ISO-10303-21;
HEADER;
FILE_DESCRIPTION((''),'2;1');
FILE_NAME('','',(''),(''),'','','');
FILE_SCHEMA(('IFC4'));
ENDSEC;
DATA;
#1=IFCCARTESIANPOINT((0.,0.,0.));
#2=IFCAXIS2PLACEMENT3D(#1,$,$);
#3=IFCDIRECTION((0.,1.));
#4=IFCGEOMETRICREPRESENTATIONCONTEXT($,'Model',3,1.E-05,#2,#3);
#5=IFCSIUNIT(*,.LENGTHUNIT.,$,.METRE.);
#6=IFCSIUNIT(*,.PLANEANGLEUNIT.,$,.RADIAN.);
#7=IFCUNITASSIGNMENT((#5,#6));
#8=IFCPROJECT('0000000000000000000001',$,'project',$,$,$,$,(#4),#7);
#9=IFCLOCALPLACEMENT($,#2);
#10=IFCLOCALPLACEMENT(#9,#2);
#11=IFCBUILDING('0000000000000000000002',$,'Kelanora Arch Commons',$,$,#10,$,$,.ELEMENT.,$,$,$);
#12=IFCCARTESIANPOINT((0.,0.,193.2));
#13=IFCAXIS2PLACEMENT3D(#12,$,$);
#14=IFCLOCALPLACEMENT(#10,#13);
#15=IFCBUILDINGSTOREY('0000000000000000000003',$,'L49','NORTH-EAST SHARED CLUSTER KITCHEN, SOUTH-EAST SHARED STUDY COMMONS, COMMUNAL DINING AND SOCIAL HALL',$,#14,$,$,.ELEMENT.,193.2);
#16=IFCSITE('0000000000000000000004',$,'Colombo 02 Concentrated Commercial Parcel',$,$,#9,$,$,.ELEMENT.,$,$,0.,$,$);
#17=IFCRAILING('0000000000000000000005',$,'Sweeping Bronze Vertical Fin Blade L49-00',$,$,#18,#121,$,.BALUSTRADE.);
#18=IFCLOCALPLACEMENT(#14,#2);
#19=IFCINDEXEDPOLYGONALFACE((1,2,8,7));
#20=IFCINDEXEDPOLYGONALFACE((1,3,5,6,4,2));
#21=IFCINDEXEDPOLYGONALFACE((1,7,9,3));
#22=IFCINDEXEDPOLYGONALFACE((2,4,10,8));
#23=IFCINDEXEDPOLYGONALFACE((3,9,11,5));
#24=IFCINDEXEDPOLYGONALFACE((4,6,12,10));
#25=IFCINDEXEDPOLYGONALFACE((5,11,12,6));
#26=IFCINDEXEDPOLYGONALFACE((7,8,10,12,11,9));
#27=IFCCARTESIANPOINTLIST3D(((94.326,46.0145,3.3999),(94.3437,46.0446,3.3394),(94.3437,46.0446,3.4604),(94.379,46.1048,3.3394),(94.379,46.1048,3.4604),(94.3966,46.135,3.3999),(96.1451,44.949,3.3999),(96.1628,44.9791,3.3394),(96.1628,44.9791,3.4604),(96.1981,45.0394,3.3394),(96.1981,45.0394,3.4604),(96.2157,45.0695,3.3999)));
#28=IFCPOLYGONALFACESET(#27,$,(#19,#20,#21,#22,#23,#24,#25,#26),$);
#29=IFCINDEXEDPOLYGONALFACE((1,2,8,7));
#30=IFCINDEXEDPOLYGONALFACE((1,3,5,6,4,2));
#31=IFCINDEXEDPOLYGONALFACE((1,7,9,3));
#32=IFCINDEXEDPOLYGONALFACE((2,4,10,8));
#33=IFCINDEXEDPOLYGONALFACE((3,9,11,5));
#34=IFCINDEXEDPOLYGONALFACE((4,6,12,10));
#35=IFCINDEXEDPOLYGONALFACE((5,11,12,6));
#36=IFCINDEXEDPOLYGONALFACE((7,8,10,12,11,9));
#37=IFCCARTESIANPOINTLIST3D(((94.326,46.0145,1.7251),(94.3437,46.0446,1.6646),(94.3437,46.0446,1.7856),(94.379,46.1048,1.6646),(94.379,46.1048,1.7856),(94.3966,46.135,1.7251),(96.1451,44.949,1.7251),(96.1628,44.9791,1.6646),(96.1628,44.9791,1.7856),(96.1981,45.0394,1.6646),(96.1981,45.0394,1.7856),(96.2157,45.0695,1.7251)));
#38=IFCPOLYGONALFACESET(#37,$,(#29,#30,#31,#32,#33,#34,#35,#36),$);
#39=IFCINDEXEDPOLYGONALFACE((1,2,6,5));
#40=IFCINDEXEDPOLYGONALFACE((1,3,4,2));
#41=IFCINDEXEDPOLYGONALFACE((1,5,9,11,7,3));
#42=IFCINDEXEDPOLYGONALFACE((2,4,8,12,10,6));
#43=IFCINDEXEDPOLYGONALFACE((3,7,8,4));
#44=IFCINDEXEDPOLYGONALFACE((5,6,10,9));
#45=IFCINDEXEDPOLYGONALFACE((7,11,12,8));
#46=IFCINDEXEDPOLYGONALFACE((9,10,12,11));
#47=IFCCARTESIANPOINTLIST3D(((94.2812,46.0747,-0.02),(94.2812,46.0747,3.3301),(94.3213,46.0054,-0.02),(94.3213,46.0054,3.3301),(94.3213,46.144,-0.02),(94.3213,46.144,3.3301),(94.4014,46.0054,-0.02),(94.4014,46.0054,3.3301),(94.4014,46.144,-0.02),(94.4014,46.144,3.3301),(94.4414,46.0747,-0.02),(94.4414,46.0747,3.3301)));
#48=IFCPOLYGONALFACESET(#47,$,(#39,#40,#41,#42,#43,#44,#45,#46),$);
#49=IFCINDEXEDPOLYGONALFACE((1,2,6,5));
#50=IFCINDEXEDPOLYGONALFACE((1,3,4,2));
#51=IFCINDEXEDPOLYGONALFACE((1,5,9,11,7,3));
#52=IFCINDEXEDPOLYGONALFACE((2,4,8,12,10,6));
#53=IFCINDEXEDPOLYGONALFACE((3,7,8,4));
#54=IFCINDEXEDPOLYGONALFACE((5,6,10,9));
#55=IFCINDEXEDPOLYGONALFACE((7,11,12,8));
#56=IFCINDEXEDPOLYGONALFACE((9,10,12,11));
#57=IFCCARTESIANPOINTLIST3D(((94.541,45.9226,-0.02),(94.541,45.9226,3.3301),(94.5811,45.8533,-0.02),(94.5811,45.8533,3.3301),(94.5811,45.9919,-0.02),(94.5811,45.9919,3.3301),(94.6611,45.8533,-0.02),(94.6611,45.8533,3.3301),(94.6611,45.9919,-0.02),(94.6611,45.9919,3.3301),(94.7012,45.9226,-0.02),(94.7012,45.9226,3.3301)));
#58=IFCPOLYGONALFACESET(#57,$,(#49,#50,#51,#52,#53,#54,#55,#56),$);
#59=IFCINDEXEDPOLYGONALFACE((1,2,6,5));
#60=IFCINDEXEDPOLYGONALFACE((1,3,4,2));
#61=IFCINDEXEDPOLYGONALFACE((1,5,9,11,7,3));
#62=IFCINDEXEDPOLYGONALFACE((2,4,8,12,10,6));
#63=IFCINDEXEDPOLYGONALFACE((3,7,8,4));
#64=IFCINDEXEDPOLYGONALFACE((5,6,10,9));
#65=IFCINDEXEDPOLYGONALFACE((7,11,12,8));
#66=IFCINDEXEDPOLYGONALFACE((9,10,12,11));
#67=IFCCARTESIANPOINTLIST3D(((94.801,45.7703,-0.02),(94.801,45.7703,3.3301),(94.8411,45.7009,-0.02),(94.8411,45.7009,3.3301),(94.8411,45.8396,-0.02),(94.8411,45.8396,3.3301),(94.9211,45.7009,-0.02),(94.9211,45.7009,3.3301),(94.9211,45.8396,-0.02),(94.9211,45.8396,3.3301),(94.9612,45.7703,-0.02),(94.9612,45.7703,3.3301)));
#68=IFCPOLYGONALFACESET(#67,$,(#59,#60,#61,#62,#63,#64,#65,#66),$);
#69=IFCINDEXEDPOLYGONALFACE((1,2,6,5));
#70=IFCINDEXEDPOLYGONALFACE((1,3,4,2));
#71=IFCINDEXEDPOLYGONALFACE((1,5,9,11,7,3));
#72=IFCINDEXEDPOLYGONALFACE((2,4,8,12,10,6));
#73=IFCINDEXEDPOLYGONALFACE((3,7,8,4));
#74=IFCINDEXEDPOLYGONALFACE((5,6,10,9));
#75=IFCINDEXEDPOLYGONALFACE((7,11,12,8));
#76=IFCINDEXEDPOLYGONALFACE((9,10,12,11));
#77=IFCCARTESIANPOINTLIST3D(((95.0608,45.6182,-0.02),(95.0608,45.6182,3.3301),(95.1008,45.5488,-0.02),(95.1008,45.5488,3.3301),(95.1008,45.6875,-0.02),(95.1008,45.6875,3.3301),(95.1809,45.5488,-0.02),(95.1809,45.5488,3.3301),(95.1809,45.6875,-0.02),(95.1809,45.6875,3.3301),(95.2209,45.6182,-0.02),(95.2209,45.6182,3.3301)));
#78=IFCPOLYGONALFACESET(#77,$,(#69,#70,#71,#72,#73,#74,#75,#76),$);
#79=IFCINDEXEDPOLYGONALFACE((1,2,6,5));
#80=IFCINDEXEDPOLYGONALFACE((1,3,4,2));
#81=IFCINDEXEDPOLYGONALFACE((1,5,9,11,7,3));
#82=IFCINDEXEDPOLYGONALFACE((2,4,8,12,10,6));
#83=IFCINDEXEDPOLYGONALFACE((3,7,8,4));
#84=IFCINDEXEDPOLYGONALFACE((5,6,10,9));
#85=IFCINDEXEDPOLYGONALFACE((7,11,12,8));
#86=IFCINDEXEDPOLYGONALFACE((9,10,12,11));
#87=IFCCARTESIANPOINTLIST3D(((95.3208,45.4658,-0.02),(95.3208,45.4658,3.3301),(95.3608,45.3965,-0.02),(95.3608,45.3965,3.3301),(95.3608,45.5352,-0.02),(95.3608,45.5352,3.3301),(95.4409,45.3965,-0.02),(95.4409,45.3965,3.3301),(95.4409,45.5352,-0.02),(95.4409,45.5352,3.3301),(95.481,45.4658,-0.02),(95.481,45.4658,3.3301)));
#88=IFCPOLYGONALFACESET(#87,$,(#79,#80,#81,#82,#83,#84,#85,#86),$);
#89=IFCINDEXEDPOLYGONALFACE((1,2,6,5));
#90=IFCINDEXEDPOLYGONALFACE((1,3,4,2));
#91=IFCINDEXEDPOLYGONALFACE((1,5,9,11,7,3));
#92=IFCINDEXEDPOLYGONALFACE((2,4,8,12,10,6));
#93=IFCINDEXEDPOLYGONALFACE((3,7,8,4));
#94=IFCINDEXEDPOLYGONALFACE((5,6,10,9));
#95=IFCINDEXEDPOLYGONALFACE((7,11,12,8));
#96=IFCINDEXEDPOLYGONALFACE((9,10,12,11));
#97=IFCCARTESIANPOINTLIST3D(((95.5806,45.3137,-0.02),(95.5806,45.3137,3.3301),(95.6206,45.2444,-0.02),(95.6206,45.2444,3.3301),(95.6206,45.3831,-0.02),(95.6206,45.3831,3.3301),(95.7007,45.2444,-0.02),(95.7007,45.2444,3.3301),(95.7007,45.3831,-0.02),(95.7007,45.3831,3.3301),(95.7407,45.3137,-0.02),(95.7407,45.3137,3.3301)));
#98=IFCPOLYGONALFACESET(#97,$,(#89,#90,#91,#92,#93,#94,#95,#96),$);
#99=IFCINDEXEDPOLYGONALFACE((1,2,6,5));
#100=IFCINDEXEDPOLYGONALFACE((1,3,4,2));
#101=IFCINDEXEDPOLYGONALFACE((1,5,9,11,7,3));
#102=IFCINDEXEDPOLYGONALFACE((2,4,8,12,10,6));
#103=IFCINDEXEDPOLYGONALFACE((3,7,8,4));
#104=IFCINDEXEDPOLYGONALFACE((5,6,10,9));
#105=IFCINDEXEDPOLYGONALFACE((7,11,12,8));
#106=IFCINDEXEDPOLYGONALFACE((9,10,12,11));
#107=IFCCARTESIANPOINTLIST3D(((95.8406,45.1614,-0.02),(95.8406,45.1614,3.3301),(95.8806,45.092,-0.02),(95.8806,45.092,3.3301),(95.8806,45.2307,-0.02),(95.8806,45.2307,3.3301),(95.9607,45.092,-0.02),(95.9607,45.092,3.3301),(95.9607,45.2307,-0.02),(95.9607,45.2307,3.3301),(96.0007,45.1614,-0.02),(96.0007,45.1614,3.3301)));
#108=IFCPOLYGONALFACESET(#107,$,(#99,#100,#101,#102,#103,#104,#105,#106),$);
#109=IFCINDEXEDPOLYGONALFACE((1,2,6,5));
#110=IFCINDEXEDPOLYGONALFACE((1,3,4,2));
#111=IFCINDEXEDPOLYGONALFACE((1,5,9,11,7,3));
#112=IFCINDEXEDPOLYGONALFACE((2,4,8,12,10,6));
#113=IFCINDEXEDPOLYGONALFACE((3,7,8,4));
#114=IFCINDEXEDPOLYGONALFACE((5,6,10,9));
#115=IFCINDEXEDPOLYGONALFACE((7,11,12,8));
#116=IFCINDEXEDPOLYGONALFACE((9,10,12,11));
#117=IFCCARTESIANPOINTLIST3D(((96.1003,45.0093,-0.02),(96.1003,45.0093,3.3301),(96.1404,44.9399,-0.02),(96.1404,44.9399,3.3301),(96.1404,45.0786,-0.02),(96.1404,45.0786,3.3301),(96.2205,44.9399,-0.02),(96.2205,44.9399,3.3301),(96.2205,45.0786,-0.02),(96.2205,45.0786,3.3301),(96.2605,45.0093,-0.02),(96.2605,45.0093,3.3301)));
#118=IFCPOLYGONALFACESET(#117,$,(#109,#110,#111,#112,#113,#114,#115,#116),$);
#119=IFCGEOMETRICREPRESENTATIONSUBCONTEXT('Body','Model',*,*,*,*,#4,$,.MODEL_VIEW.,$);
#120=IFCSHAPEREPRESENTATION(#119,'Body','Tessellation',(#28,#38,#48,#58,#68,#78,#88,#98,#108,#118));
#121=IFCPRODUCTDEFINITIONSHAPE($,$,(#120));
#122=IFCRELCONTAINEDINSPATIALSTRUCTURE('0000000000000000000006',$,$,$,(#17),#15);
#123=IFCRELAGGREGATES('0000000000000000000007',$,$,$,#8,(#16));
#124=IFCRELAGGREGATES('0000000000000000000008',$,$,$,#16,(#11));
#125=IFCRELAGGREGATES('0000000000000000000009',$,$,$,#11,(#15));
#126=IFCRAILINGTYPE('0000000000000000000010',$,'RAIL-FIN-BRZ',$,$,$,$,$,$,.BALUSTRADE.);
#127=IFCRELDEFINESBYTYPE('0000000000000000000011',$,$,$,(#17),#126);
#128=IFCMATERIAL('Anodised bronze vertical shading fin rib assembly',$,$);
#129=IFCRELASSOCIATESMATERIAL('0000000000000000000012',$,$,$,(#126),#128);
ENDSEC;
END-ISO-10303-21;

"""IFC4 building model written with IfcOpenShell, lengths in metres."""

from ifc_helpers import new_model, si_unit, direction, frame, origin, place, context, subcontext, project, spatial, polyline, outline, extrude, material, type_object, element, save


model = new_model("IFC4")

# Units and contexts
model_context = context("Model", 3, precision=1e-05, world=origin(), true_north=direction((0.0, 1.0)))
body_context = subcontext(model_context, "Body", "Model", "MODEL_VIEW")
ifc_project = project(units=[si_unit("LENGTHUNIT", "METRE"), si_unit("PLANEANGLEUNIT", "RADIAN")], contexts=[model_context])

# Site, building, storey
site_placement = place(None, origin())
site = spatial("IfcSite", under=ifc_project, at=site_placement, Name="Colombo 02 Concentrated Commercial Parcel", CompositionType="ELEMENT", RefElevation=0.0)
building_placement = place(site_placement, origin())
building = spatial("IfcBuilding", under=site, at=building_placement, Name="Kelanora Arch Commons", CompositionType="ELEMENT")
storey_placement = place(building_placement, frame((0.0, 0.0, 193.2)))
storey = spatial("IfcBuildingStorey", under=building, at=storey_placement, Name="L49", Description="NORTH-EAST SHARED CLUSTER KITCHEN, SOUTH-EAST SHARED STUDY COMMONS, COMMUNAL DINING AND SOCIAL HALL", CompositionType="ELEMENT", Elevation=193.2)

# Railing
ifc_material_1 = material(Name="Anodised bronze vertical shading fin rib assembly")
railing_type = type_object("IfcRailingType", Name="RAIL-FIN-BRZ", PredefinedType="BALUSTRADE", material=ifc_material_1)
railing_1_placement = place(storey_placement, frame((94.3613, 46.0747, -0.02)))
element("IfcRailing", 1, at=railing_1_placement, inside=storey, type_object=railing_type, Name="Sweeping Bronze Vertical Fin Blade L49-00", PredefinedType="BALUSTRADE", context=body_context, shape_type="SweptSolid", body=[
    extrude(outline(polyline([(0.0698, 0.0), (0.0349, 0.0605), (-0.0349, 0.0605), (-0.0698, 0.0), (-0.0349, -0.0605), (0.0349, -0.0605), (0.0698, 0.0)])), frame((0.0, 0.0, 3.4199), z_axis=(0.862891, -0.50539, 0.0), x_axis=(0.50539, 0.862891, 0.0)), (0.0, 0.0, 1.0), 2.1082),
    extrude(outline(polyline([(0.0698, 0.0), (0.0349, 0.0605), (-0.0349, 0.0605), (-0.0698, 0.0), (-0.0349, -0.0605), (0.0349, -0.0605), (0.0698, 0.0)])), frame((0.0, 0.0, 1.7451), z_axis=(0.862891, -0.50539, 0.0), x_axis=(0.50539, 0.862891, 0.0)), (0.0, 0.0, 1.0), 2.1082),
    extrude(outline(polyline([(0.0801, 0.0), (0.04, 0.0693), (-0.04, 0.0693), (-0.0801, 0.0), (-0.04, -0.0693), (0.04, -0.0693), (0.0801, 0.0)])), origin(), (0.0, 0.0, 1.0), 3.3501),
    extrude(outline(polyline([(0.0801, 0.0), (0.04, 0.0693), (-0.04, 0.0693), (-0.0801, 0.0), (-0.04, -0.0693), (0.04, -0.0693), (0.0801, 0.0)])), frame((0.2598, -0.1521, 0.0)), (0.0, 0.0, 1.0), 3.3501),
    extrude(outline(polyline([(0.0801, 0.0), (0.04, 0.0693), (-0.04, 0.0693), (-0.0801, 0.0), (-0.04, -0.0693), (0.04, -0.0693), (0.0801, 0.0)])), frame((0.5198, -0.3044, 0.0)), (0.0, 0.0, 1.0), 3.3501),
    extrude(outline(polyline([(0.0801, 0.0), (0.04, 0.0693), (-0.04, 0.0693), (-0.0801, 0.0), (-0.04, -0.0693), (0.04, -0.0693), (0.0801, 0.0)])), frame((0.7795, -0.4565, 0.0)), (0.0, 0.0, 1.0), 3.3501),
    extrude(outline(polyline([(0.0801, 0.0), (0.04, 0.0693), (-0.04, 0.0693), (-0.0801, 0.0), (-0.04, -0.0693), (0.04, -0.0693), (0.0801, 0.0)])), frame((1.0396, -0.6089, 0.0)), (0.0, 0.0, 1.0), 3.3501),
    extrude(outline(polyline([(0.0801, 0.0), (0.04, 0.0693), (-0.04, 0.0693), (-0.0801, 0.0), (-0.04, -0.0693), (0.04, -0.0693), (0.0801, 0.0)])), frame((1.2993, -0.761, 0.0)), (0.0, 0.0, 1.0), 3.3501),
    extrude(outline(polyline([(0.0801, 0.0), (0.04, 0.0693), (-0.04, 0.0693), (-0.0801, 0.0), (-0.04, -0.0693), (0.04, -0.0693), (0.0801, 0.0)])), frame((1.5593, -0.9133, 0.0)), (0.0, 0.0, 1.0), 3.3501),
    extrude(outline(polyline([(0.0801, 0.0), (0.04, 0.0693), (-0.04, 0.0693), (-0.0801, 0.0), (-0.04, -0.0693), (0.04, -0.0693), (0.0801, 0.0)])), frame((1.8191, -1.0654, 0.0)), (0.0, 0.0, 1.0), 3.3501),
])

save(model, "model.ifc")
